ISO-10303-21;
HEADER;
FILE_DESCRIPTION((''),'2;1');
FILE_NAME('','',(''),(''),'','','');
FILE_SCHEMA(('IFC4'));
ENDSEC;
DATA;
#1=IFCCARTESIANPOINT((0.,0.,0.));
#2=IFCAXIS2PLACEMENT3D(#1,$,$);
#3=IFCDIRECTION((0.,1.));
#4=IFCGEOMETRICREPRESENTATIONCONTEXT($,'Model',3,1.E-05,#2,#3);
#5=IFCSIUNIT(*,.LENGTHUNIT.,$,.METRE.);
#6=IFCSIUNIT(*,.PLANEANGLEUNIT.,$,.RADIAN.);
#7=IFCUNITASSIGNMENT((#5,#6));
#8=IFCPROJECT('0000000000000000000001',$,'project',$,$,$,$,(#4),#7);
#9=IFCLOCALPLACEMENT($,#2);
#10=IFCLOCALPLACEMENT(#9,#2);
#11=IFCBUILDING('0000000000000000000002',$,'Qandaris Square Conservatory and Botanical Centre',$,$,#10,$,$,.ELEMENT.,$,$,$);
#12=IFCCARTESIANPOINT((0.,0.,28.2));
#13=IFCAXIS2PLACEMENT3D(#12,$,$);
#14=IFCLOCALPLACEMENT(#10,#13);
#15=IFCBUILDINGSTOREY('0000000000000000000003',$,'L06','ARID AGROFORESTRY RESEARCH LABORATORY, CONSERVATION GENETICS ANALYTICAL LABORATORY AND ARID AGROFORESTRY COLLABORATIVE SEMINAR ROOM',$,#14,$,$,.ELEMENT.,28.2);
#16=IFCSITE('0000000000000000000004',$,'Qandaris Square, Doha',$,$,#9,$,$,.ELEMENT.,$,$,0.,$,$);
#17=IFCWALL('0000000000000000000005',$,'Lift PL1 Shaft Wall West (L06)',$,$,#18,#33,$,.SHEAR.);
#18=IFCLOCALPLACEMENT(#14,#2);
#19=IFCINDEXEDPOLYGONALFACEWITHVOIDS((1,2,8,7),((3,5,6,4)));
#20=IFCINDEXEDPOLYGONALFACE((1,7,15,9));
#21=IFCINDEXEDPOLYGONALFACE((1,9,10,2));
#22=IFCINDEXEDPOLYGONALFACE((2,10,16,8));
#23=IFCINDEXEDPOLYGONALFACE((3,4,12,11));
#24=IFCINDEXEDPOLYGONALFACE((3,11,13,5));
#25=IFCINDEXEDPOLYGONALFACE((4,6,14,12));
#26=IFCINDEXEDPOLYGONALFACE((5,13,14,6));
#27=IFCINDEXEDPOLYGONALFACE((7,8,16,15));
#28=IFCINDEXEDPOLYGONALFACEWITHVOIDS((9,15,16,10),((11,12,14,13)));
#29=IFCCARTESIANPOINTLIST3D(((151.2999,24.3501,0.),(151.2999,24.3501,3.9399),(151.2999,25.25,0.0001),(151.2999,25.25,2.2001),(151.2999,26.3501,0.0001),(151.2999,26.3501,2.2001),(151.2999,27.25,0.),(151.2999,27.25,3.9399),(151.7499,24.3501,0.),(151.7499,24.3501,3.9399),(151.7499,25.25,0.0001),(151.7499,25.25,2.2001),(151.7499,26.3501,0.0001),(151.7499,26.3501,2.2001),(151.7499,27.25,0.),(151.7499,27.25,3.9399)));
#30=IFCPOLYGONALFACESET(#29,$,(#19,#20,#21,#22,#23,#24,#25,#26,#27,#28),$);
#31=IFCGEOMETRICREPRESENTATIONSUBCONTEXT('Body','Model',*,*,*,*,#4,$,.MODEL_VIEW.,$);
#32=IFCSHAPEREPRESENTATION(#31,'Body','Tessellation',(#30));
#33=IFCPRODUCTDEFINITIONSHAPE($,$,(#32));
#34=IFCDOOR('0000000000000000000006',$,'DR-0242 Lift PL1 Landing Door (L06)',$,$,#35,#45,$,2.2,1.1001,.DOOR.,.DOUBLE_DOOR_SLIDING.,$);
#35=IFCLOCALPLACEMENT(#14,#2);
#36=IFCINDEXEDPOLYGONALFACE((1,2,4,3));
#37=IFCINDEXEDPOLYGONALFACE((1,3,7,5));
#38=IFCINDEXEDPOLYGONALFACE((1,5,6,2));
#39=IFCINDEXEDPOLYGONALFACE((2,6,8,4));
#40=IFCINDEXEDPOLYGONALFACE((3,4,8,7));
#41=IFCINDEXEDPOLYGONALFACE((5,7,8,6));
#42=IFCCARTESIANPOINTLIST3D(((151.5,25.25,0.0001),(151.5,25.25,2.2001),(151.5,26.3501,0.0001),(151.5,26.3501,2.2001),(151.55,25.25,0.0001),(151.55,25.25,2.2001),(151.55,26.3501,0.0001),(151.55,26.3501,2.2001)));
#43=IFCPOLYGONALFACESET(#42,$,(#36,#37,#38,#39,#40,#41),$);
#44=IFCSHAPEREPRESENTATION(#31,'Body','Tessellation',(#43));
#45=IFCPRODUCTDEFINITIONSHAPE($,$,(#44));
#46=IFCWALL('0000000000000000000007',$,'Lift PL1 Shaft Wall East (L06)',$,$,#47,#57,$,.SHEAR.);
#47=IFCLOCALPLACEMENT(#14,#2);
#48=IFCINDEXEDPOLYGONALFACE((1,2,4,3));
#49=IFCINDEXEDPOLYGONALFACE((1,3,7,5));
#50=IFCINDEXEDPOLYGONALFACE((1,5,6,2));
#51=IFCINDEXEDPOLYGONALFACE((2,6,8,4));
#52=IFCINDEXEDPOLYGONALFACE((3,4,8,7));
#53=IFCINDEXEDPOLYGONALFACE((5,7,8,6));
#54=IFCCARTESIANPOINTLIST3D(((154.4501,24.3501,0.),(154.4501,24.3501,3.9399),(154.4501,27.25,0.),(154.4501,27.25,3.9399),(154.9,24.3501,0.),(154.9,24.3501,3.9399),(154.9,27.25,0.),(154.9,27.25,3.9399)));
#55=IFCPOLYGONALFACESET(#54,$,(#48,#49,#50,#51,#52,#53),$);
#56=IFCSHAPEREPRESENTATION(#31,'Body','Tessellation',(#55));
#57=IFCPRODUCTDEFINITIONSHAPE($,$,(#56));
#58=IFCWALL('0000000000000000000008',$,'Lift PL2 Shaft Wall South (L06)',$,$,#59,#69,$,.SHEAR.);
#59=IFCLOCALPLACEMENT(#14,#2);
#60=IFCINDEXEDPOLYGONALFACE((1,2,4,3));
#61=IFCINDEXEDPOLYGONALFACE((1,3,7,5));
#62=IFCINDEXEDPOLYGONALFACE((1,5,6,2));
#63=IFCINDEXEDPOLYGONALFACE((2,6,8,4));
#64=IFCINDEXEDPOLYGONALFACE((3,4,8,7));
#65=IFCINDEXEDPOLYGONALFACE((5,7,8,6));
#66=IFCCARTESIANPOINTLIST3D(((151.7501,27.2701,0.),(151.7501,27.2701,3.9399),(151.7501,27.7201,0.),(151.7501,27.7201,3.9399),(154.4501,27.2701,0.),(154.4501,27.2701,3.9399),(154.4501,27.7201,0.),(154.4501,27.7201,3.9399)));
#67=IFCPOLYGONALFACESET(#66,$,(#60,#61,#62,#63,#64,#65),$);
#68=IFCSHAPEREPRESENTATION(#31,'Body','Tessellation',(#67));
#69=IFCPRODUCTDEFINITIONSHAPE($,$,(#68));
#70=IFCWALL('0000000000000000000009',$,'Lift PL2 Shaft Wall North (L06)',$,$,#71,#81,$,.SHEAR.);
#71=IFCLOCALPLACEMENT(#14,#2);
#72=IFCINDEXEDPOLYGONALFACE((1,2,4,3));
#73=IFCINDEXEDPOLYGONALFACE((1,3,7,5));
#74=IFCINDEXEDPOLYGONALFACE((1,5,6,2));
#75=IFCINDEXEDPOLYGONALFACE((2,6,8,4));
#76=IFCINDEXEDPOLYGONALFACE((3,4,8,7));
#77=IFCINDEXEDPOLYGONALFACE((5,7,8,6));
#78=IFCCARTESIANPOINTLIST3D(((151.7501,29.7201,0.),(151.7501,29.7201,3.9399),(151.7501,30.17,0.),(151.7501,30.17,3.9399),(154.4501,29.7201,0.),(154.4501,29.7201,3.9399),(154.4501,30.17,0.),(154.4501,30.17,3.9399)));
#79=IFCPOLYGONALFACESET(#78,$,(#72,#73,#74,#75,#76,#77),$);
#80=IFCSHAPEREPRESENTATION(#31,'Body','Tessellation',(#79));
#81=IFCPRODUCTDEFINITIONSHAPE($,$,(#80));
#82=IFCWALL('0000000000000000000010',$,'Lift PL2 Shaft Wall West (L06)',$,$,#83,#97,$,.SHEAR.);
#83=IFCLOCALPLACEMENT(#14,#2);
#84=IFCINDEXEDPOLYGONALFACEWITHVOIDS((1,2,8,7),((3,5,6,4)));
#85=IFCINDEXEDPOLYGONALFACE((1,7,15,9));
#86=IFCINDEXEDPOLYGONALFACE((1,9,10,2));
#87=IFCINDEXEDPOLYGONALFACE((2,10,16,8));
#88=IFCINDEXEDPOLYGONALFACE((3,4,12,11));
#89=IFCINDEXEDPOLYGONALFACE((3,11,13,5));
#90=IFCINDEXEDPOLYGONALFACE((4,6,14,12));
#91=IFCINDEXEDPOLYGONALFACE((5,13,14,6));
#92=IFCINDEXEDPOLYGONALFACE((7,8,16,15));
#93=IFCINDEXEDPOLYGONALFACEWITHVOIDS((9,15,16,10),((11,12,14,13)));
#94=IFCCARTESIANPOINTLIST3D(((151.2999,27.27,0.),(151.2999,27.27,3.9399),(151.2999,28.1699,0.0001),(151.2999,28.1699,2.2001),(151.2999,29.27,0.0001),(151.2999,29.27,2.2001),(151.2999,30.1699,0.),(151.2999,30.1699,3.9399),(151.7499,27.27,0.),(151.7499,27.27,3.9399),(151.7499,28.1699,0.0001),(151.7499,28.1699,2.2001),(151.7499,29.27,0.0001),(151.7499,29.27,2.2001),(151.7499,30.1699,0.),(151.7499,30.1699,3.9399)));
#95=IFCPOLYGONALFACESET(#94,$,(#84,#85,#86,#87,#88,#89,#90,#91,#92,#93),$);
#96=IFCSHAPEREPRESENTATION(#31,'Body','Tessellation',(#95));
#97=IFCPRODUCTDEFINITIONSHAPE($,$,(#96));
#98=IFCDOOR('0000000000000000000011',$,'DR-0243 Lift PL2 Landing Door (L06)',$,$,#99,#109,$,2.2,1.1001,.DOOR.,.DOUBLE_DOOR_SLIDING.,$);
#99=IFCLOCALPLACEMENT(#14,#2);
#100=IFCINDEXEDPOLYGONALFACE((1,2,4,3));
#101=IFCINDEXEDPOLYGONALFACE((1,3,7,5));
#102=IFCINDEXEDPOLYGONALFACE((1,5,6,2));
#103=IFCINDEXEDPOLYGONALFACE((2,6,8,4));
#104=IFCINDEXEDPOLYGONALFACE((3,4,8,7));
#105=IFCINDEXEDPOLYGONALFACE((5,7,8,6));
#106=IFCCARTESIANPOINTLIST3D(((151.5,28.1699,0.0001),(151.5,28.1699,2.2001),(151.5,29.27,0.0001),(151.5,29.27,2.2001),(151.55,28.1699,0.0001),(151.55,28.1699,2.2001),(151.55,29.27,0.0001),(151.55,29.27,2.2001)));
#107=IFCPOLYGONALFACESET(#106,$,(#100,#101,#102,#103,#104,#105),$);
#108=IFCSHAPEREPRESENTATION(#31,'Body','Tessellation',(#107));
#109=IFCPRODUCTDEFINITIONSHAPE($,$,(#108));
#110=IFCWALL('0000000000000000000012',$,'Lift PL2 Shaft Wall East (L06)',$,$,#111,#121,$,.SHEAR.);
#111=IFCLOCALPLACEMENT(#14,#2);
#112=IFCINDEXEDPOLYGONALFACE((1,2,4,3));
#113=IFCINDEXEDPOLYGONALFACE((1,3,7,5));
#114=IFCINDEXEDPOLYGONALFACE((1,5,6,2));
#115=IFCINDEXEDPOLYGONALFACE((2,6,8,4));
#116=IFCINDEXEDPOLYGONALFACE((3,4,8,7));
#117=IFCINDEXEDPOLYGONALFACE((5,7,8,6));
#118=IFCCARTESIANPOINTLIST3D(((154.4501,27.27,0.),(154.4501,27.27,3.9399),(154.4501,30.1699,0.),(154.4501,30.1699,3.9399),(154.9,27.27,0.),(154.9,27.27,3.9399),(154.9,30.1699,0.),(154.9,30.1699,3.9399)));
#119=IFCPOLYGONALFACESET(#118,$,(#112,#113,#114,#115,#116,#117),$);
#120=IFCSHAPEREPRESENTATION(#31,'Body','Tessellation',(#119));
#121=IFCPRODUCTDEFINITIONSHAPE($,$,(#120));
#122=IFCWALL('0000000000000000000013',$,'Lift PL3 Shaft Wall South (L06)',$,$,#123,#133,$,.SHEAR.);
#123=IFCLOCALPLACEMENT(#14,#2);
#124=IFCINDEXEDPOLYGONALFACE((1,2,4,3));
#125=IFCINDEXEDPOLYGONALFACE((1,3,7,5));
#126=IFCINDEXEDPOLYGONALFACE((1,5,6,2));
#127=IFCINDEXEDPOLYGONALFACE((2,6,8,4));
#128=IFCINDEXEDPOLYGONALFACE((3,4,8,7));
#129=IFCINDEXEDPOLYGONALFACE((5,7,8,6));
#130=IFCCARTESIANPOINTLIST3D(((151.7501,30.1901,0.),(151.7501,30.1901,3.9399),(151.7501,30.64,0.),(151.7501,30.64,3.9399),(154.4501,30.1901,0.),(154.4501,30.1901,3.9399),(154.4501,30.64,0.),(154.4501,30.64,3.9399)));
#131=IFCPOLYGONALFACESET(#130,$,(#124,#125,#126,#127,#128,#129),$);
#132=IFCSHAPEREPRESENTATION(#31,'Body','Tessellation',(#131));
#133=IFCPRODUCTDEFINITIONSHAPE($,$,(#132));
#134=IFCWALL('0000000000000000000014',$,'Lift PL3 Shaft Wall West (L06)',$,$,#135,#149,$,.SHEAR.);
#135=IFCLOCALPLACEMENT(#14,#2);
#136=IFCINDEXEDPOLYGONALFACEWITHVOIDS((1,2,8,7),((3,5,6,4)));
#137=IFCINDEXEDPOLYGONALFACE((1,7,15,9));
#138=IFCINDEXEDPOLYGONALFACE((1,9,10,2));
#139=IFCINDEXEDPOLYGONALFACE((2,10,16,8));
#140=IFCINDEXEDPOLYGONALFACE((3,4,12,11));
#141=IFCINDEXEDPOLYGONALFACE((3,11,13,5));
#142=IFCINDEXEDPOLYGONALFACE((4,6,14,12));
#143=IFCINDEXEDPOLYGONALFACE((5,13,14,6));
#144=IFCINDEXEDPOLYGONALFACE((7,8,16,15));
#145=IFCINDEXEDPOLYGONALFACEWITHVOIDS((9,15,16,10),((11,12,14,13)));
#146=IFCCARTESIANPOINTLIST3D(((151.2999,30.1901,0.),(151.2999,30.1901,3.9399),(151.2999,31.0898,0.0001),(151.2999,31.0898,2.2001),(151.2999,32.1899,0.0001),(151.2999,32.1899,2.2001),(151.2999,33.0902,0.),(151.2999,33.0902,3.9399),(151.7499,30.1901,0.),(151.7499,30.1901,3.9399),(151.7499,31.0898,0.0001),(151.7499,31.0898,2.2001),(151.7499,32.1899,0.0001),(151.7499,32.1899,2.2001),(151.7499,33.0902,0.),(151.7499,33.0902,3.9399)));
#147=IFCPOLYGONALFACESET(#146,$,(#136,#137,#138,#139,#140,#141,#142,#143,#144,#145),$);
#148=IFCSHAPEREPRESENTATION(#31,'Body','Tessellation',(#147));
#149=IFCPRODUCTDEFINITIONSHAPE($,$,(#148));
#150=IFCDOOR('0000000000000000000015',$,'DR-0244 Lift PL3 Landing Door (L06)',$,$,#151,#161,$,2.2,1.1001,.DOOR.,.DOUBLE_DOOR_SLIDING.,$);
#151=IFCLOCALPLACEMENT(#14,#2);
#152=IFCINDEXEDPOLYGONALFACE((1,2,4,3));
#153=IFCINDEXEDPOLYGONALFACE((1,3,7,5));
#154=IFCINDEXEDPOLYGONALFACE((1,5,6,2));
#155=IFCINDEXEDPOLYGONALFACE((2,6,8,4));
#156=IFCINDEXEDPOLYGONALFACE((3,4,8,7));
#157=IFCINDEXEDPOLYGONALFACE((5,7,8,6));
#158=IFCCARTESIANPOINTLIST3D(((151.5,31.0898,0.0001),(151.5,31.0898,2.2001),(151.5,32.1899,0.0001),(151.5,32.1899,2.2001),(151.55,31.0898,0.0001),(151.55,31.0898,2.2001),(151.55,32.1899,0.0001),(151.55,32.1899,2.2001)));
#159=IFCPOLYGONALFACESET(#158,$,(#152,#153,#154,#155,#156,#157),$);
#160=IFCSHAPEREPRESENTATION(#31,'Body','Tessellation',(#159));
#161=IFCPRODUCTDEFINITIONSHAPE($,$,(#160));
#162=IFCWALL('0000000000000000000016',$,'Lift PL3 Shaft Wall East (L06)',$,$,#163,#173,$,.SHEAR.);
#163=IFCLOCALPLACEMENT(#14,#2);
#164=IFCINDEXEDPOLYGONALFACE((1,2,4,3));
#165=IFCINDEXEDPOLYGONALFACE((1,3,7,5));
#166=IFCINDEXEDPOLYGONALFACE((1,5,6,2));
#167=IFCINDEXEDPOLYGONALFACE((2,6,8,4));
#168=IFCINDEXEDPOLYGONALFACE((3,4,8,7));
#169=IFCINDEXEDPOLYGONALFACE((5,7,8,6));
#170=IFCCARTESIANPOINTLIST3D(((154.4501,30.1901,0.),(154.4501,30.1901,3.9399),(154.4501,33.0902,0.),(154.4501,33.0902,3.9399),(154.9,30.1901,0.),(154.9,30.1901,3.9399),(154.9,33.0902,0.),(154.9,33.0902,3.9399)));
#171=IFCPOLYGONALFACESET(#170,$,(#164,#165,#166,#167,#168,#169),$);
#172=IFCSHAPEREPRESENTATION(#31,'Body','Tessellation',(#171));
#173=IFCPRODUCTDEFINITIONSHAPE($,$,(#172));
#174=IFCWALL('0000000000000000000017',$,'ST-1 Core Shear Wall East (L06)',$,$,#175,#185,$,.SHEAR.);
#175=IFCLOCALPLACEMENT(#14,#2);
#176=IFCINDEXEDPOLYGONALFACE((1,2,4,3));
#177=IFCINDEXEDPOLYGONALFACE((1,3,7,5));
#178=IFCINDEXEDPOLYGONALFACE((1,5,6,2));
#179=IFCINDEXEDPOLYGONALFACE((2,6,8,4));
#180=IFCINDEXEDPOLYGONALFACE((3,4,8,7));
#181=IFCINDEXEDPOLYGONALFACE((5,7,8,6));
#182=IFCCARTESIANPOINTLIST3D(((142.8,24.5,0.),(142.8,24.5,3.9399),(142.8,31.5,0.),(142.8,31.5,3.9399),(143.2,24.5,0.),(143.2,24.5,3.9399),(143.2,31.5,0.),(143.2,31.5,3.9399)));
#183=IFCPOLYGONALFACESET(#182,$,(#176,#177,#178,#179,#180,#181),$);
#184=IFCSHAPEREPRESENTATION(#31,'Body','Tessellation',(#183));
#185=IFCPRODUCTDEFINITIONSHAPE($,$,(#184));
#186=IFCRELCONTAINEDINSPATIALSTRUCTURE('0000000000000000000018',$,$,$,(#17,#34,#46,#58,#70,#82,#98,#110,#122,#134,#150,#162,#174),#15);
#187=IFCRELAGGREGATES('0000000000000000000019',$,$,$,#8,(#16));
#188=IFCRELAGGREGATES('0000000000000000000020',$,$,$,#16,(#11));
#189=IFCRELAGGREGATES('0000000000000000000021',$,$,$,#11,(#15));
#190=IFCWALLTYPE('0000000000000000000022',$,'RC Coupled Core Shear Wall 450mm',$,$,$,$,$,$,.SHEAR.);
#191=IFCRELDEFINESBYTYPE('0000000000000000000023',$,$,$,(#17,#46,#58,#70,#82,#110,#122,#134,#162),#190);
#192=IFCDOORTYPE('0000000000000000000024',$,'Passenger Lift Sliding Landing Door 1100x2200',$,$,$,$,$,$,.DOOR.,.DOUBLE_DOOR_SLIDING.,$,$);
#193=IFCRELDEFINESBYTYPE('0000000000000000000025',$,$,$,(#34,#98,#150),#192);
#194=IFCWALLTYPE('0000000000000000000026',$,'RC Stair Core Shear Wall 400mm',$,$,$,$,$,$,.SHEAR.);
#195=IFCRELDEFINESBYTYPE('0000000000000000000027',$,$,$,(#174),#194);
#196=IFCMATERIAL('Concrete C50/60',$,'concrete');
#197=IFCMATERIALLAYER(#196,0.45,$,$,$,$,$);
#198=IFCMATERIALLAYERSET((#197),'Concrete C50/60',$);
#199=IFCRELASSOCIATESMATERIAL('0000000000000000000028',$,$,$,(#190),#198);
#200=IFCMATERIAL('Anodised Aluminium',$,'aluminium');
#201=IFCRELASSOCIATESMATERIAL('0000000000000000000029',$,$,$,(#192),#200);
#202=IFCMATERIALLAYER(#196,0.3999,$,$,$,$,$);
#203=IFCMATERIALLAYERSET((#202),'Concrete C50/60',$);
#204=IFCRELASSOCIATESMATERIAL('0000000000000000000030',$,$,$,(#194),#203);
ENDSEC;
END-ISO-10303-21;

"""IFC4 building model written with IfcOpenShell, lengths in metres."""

from ifc_helpers import new_model, si_unit, direction, frame, frame_2d, origin, place, context, subcontext, project, spatial, rectangle, extrude, material, layer, layer_set, type_object, element, fill, save


model = new_model("IFC4")

# Units and contexts
model_context = context("Model", 3, precision=1e-05, world=origin(), true_north=direction((0.0, 1.0)))
body_context = subcontext(model_context, "Body", "Model", "MODEL_VIEW")
ifc_project = project(units=[si_unit("LENGTHUNIT", "METRE"), si_unit("PLANEANGLEUNIT", "RADIAN")], contexts=[model_context])

# Site, building, storey
site_placement = place(None, origin())
site = spatial("IfcSite", under=ifc_project, at=site_placement, Name="Qandaris Square, Doha", CompositionType="ELEMENT", RefElevation=0.0)
building_placement = place(site_placement, origin())
building = spatial("IfcBuilding", under=site, at=building_placement, Name="Qandaris Square Conservatory and Botanical Centre", CompositionType="ELEMENT")
storey_placement = place(building_placement, frame((0.0, 0.0, 28.2)))
storey = spatial("IfcBuildingStorey", under=building, at=storey_placement, Name="L06", Description="ARID AGROFORESTRY RESEARCH LABORATORY, CONSERVATION GENETICS ANALYTICAL LABORATORY AND ARID AGROFORESTRY COLLABORATIVE SEMINAR ROOM", CompositionType="ELEMENT", Elevation=28.2)

# Shared definitions
ifc_material_1 = material(Name="Concrete C50/60", Category="concrete")

# Shared definitions
ifc_material_2 = material(Name="Anodised Aluminium", Category="aluminium")

# Shared definitions
ifc_layer_1 = layer(ifc_material_1, 0.45)
ifc_layer_set_1 = layer_set([ifc_layer_1], Name="Concrete C50/60")
wall_type_1 = type_object("IfcWallType", Name="RC Coupled Core Shear Wall 450mm", PredefinedType="SHEAR", material=ifc_layer_set_1)

# Wall, opening, door
wall_1_placement = place(storey_placement, frame((151.5249, 24.3501, 0.0), z_axis=(0.0, 0.0, 1.0), x_axis=(0.0, 1.0, 0.0)))
wall_1 = element("IfcWall", 1, at=wall_1_placement, inside=storey, type_object=wall_type_1, Name="Lift PL1 Shaft Wall West (L06)", PredefinedType="SHEAR", context=body_context, shape_type="SweptSolid", body=[
    extrude(rectangle(XDim=2.8999, YDim=0.45, at=frame_2d((1.45, 0.0))), origin(), (0.0, 0.0, 1.0), 3.9399),
])
opening_1_placement = place(wall_1_placement, frame((0.8999, 0.0, 0.0)))
opening_1 = element("IfcOpeningElement", 2, at=opening_1_placement, cuts=wall_1, PredefinedType="OPENING", context=body_context, shape_type="SweptSolid", body=[
    extrude(rectangle(XDim=1.1001, YDim=2.2, at=frame_2d((0.55, 1.1001))), frame((0.0, 0.2368, 0.0), z_axis=(0.0, -1.0, 0.0), x_axis=(1.0, 0.0, 0.0)), (0.0, 0.0, 1.0), 0.4739),
])
door_type_1 = type_object("IfcDoorType", Name="Passenger Lift Sliding Landing Door 1100x2200", OperationType="DOUBLE_DOOR_SLIDING", PredefinedType="DOOR", material=ifc_material_2)
door_1_placement = place(opening_1_placement, origin())
door_1 = element("IfcDoor", 3, at=door_1_placement, inside=storey, type_object=door_type_1, Name="DR-0242 Lift PL1 Landing Door (L06)", OperationType="DOUBLE_DOOR_SLIDING", OverallHeight=2.2, OverallWidth=1.1001, PredefinedType="DOOR", context=body_context, shape_type="SweptSolid", body=[
    extrude(rectangle(XDim=1.1001, YDim=2.2, at=frame_2d((0.55, 1.1001))), frame((0.0, 0.0249, 0.0), z_axis=(0.0, -1.0, 0.0), x_axis=(1.0, 0.0, 0.0)), (0.0, 0.0, 1.0), 0.05),
])
fill(opening_1, door_1)

# Walls
wall_2_placement = place(storey_placement, frame((154.675, 24.3501, 0.0), z_axis=(0.0, 0.0, 1.0), x_axis=(0.0, 1.0, 0.0)))
element("IfcWall", 4, at=wall_2_placement, inside=storey, type_object=wall_type_1, Name="Lift PL1 Shaft Wall East (L06)", PredefinedType="SHEAR", context=body_context, shape_type="SweptSolid", body=[
    extrude(rectangle(XDim=2.8999, YDim=0.45, at=frame_2d((1.45, 0.0))), origin(), (0.0, 0.0, 1.0), 3.9399),
])
for number, where, z_axis, x_axis, name in (
    (5, (151.75, 27.4951, 0.0), (0.0, 0.0, 1.0), (1.0, 0.0, 0.0), "Lift PL2 Shaft Wall South (L06)"),
    (6, (151.75, 29.9451, 0.0), (0.0, 0.0, 1.0), (1.0, 0.0, 0.0), "Lift PL2 Shaft Wall North (L06)"),
):
    element("IfcWall", number, at=place(storey_placement, frame(where, z_axis=z_axis, x_axis=x_axis)), inside=storey, type_object=wall_type_1, Name=name, PredefinedType="SHEAR", context=body_context, shape_type="SweptSolid", body=[
        extrude(rectangle(XDim=2.7, YDim=0.45, at=frame_2d((1.3501, 0.0))), origin(), (0.0, 0.0, 1.0), 3.9399),
    ])

# Wall, opening, door
wall_3_placement = place(storey_placement, frame((151.5249, 27.27, 0.0), z_axis=(0.0, 0.0, 1.0), x_axis=(0.0, 1.0, 0.0)))
wall_3 = element("IfcWall", 7, at=wall_3_placement, inside=storey, type_object=wall_type_1, Name="Lift PL2 Shaft Wall West (L06)", PredefinedType="SHEAR", context=body_context, shape_type="SweptSolid", body=[
    extrude(rectangle(XDim=2.8999, YDim=0.45, at=frame_2d((1.45, 0.0))), origin(), (0.0, 0.0, 1.0), 3.9399),
])
opening_2_placement = place(wall_3_placement, frame((0.8999, 0.0, 0.0)))
opening_2 = element("IfcOpeningElement", 8, at=opening_2_placement, cuts=wall_3, PredefinedType="OPENING", context=body_context, shape_type="SweptSolid", body=[
    extrude(rectangle(XDim=1.1001, YDim=2.2, at=frame_2d((0.55, 1.1001))), frame((0.0, 0.2368, 0.0), z_axis=(0.0, -1.0, 0.0), x_axis=(1.0, 0.0, 0.0)), (0.0, 0.0, 1.0), 0.4739),
])
door_2_placement = place(opening_2_placement, origin())
door_2 = element("IfcDoor", 9, at=door_2_placement, inside=storey, type_object=door_type_1, Name="DR-0243 Lift PL2 Landing Door (L06)", OperationType="DOUBLE_DOOR_SLIDING", OverallHeight=2.2, OverallWidth=1.1001, PredefinedType="DOOR", context=body_context, shape_type="SweptSolid", body=[
    extrude(rectangle(XDim=1.1001, YDim=2.2, at=frame_2d((0.55, 1.1001))), frame((0.0, 0.0249, 0.0), z_axis=(0.0, -1.0, 0.0), x_axis=(1.0, 0.0, 0.0)), (0.0, 0.0, 1.0), 0.05),
])
fill(opening_2, door_2)

# Walls
wall_4_placement = place(storey_placement, frame((154.675, 27.27, 0.0), z_axis=(0.0, 0.0, 1.0), x_axis=(0.0, 1.0, 0.0)))
element("IfcWall", 10, at=wall_4_placement, inside=storey, type_object=wall_type_1, Name="Lift PL2 Shaft Wall East (L06)", PredefinedType="SHEAR", context=body_context, shape_type="SweptSolid", body=[
    extrude(rectangle(XDim=2.8999, YDim=0.45, at=frame_2d((1.45, 0.0))), origin(), (0.0, 0.0, 1.0), 3.9399),
])
wall_5_placement = place(storey_placement, frame((151.75, 30.415, 0.0), z_axis=(0.0, 0.0, 1.0), x_axis=(1.0, 0.0, 0.0)))
element("IfcWall", 11, at=wall_5_placement, inside=storey, type_object=wall_type_1, Name="Lift PL3 Shaft Wall South (L06)", PredefinedType="SHEAR", context=body_context, shape_type="SweptSolid", body=[
    extrude(rectangle(XDim=2.7, YDim=0.45, at=frame_2d((1.3501, 0.0))), origin(), (0.0, 0.0, 1.0), 3.9399),
])

# Wall, opening, door
wall_6_placement = place(storey_placement, frame((151.5249, 30.1899, 0.0), z_axis=(0.0, 0.0, 1.0), x_axis=(0.0, 1.0, 0.0)))
wall_6 = element("IfcWall", 12, at=wall_6_placement, inside=storey, type_object=wall_type_1, Name="Lift PL3 Shaft Wall West (L06)", PredefinedType="SHEAR", context=body_context, shape_type="SweptSolid", body=[
    extrude(rectangle(XDim=2.9001, YDim=0.45, at=frame_2d((1.4502, 0.0))), origin(), (0.0, 0.0, 1.0), 3.9399),
])
opening_3_placement = place(wall_6_placement, frame((0.8999, 0.0, 0.0)))
opening_3 = element("IfcOpeningElement", 13, at=opening_3_placement, cuts=wall_6, PredefinedType="OPENING", context=body_context, shape_type="SweptSolid", body=[
    extrude(rectangle(XDim=1.1001, YDim=2.2, at=frame_2d((0.55, 1.1001))), frame((0.0, 0.2368, 0.0), z_axis=(0.0, -1.0, 0.0), x_axis=(1.0, 0.0, 0.0)), (0.0, 0.0, 1.0), 0.4739),
])
door_3_placement = place(opening_3_placement, origin())
door_3 = element("IfcDoor", 14, at=door_3_placement, inside=storey, type_object=door_type_1, Name="DR-0244 Lift PL3 Landing Door (L06)", OperationType="DOUBLE_DOOR_SLIDING", OverallHeight=2.2, OverallWidth=1.1001, PredefinedType="DOOR", context=body_context, shape_type="SweptSolid", body=[
    extrude(rectangle(XDim=1.1001, YDim=2.2, at=frame_2d((0.55, 1.1001))), frame((0.0, 0.0249, 0.0), z_axis=(0.0, -1.0, 0.0), x_axis=(1.0, 0.0, 0.0)), (0.0, 0.0, 1.0), 0.05),
])
fill(opening_3, door_3)

# Walls
wall_7_placement = place(storey_placement, frame((154.675, 30.1899, 0.0), z_axis=(0.0, 0.0, 1.0), x_axis=(0.0, 1.0, 0.0)))
element("IfcWall", 15, at=wall_7_placement, inside=storey, type_object=wall_type_1, Name="Lift PL3 Shaft Wall East (L06)", PredefinedType="SHEAR", context=body_context, shape_type="SweptSolid", body=[
    extrude(rectangle(XDim=2.9001, YDim=0.45, at=frame_2d((1.4502, 0.0))), origin(), (0.0, 0.0, 1.0), 3.9399),
])
ifc_layer_2 = layer(ifc_material_1, 0.3999)
ifc_layer_set_2 = layer_set([ifc_layer_2], Name="Concrete C50/60")
wall_type_2 = type_object("IfcWallType", Name="RC Stair Core Shear Wall 400mm", PredefinedType="SHEAR", material=ifc_layer_set_2)
wall_8_placement = place(storey_placement, frame((143.0, 24.5, 0.0), z_axis=(0.0, 0.0, 1.0), x_axis=(0.0, 1.0, 0.0)))
element("IfcWall", 16, at=wall_8_placement, inside=storey, type_object=wall_type_2, Name="ST-1 Core Shear Wall East (L06)", PredefinedType="SHEAR", context=body_context, shape_type="SweptSolid", body=[
    extrude(rectangle(XDim=7.0, YDim=0.3999, at=frame_2d((3.5, 0.0))), origin(), (0.0, 0.0, 1.0), 3.9399),
])

save(model, "model.ifc")
